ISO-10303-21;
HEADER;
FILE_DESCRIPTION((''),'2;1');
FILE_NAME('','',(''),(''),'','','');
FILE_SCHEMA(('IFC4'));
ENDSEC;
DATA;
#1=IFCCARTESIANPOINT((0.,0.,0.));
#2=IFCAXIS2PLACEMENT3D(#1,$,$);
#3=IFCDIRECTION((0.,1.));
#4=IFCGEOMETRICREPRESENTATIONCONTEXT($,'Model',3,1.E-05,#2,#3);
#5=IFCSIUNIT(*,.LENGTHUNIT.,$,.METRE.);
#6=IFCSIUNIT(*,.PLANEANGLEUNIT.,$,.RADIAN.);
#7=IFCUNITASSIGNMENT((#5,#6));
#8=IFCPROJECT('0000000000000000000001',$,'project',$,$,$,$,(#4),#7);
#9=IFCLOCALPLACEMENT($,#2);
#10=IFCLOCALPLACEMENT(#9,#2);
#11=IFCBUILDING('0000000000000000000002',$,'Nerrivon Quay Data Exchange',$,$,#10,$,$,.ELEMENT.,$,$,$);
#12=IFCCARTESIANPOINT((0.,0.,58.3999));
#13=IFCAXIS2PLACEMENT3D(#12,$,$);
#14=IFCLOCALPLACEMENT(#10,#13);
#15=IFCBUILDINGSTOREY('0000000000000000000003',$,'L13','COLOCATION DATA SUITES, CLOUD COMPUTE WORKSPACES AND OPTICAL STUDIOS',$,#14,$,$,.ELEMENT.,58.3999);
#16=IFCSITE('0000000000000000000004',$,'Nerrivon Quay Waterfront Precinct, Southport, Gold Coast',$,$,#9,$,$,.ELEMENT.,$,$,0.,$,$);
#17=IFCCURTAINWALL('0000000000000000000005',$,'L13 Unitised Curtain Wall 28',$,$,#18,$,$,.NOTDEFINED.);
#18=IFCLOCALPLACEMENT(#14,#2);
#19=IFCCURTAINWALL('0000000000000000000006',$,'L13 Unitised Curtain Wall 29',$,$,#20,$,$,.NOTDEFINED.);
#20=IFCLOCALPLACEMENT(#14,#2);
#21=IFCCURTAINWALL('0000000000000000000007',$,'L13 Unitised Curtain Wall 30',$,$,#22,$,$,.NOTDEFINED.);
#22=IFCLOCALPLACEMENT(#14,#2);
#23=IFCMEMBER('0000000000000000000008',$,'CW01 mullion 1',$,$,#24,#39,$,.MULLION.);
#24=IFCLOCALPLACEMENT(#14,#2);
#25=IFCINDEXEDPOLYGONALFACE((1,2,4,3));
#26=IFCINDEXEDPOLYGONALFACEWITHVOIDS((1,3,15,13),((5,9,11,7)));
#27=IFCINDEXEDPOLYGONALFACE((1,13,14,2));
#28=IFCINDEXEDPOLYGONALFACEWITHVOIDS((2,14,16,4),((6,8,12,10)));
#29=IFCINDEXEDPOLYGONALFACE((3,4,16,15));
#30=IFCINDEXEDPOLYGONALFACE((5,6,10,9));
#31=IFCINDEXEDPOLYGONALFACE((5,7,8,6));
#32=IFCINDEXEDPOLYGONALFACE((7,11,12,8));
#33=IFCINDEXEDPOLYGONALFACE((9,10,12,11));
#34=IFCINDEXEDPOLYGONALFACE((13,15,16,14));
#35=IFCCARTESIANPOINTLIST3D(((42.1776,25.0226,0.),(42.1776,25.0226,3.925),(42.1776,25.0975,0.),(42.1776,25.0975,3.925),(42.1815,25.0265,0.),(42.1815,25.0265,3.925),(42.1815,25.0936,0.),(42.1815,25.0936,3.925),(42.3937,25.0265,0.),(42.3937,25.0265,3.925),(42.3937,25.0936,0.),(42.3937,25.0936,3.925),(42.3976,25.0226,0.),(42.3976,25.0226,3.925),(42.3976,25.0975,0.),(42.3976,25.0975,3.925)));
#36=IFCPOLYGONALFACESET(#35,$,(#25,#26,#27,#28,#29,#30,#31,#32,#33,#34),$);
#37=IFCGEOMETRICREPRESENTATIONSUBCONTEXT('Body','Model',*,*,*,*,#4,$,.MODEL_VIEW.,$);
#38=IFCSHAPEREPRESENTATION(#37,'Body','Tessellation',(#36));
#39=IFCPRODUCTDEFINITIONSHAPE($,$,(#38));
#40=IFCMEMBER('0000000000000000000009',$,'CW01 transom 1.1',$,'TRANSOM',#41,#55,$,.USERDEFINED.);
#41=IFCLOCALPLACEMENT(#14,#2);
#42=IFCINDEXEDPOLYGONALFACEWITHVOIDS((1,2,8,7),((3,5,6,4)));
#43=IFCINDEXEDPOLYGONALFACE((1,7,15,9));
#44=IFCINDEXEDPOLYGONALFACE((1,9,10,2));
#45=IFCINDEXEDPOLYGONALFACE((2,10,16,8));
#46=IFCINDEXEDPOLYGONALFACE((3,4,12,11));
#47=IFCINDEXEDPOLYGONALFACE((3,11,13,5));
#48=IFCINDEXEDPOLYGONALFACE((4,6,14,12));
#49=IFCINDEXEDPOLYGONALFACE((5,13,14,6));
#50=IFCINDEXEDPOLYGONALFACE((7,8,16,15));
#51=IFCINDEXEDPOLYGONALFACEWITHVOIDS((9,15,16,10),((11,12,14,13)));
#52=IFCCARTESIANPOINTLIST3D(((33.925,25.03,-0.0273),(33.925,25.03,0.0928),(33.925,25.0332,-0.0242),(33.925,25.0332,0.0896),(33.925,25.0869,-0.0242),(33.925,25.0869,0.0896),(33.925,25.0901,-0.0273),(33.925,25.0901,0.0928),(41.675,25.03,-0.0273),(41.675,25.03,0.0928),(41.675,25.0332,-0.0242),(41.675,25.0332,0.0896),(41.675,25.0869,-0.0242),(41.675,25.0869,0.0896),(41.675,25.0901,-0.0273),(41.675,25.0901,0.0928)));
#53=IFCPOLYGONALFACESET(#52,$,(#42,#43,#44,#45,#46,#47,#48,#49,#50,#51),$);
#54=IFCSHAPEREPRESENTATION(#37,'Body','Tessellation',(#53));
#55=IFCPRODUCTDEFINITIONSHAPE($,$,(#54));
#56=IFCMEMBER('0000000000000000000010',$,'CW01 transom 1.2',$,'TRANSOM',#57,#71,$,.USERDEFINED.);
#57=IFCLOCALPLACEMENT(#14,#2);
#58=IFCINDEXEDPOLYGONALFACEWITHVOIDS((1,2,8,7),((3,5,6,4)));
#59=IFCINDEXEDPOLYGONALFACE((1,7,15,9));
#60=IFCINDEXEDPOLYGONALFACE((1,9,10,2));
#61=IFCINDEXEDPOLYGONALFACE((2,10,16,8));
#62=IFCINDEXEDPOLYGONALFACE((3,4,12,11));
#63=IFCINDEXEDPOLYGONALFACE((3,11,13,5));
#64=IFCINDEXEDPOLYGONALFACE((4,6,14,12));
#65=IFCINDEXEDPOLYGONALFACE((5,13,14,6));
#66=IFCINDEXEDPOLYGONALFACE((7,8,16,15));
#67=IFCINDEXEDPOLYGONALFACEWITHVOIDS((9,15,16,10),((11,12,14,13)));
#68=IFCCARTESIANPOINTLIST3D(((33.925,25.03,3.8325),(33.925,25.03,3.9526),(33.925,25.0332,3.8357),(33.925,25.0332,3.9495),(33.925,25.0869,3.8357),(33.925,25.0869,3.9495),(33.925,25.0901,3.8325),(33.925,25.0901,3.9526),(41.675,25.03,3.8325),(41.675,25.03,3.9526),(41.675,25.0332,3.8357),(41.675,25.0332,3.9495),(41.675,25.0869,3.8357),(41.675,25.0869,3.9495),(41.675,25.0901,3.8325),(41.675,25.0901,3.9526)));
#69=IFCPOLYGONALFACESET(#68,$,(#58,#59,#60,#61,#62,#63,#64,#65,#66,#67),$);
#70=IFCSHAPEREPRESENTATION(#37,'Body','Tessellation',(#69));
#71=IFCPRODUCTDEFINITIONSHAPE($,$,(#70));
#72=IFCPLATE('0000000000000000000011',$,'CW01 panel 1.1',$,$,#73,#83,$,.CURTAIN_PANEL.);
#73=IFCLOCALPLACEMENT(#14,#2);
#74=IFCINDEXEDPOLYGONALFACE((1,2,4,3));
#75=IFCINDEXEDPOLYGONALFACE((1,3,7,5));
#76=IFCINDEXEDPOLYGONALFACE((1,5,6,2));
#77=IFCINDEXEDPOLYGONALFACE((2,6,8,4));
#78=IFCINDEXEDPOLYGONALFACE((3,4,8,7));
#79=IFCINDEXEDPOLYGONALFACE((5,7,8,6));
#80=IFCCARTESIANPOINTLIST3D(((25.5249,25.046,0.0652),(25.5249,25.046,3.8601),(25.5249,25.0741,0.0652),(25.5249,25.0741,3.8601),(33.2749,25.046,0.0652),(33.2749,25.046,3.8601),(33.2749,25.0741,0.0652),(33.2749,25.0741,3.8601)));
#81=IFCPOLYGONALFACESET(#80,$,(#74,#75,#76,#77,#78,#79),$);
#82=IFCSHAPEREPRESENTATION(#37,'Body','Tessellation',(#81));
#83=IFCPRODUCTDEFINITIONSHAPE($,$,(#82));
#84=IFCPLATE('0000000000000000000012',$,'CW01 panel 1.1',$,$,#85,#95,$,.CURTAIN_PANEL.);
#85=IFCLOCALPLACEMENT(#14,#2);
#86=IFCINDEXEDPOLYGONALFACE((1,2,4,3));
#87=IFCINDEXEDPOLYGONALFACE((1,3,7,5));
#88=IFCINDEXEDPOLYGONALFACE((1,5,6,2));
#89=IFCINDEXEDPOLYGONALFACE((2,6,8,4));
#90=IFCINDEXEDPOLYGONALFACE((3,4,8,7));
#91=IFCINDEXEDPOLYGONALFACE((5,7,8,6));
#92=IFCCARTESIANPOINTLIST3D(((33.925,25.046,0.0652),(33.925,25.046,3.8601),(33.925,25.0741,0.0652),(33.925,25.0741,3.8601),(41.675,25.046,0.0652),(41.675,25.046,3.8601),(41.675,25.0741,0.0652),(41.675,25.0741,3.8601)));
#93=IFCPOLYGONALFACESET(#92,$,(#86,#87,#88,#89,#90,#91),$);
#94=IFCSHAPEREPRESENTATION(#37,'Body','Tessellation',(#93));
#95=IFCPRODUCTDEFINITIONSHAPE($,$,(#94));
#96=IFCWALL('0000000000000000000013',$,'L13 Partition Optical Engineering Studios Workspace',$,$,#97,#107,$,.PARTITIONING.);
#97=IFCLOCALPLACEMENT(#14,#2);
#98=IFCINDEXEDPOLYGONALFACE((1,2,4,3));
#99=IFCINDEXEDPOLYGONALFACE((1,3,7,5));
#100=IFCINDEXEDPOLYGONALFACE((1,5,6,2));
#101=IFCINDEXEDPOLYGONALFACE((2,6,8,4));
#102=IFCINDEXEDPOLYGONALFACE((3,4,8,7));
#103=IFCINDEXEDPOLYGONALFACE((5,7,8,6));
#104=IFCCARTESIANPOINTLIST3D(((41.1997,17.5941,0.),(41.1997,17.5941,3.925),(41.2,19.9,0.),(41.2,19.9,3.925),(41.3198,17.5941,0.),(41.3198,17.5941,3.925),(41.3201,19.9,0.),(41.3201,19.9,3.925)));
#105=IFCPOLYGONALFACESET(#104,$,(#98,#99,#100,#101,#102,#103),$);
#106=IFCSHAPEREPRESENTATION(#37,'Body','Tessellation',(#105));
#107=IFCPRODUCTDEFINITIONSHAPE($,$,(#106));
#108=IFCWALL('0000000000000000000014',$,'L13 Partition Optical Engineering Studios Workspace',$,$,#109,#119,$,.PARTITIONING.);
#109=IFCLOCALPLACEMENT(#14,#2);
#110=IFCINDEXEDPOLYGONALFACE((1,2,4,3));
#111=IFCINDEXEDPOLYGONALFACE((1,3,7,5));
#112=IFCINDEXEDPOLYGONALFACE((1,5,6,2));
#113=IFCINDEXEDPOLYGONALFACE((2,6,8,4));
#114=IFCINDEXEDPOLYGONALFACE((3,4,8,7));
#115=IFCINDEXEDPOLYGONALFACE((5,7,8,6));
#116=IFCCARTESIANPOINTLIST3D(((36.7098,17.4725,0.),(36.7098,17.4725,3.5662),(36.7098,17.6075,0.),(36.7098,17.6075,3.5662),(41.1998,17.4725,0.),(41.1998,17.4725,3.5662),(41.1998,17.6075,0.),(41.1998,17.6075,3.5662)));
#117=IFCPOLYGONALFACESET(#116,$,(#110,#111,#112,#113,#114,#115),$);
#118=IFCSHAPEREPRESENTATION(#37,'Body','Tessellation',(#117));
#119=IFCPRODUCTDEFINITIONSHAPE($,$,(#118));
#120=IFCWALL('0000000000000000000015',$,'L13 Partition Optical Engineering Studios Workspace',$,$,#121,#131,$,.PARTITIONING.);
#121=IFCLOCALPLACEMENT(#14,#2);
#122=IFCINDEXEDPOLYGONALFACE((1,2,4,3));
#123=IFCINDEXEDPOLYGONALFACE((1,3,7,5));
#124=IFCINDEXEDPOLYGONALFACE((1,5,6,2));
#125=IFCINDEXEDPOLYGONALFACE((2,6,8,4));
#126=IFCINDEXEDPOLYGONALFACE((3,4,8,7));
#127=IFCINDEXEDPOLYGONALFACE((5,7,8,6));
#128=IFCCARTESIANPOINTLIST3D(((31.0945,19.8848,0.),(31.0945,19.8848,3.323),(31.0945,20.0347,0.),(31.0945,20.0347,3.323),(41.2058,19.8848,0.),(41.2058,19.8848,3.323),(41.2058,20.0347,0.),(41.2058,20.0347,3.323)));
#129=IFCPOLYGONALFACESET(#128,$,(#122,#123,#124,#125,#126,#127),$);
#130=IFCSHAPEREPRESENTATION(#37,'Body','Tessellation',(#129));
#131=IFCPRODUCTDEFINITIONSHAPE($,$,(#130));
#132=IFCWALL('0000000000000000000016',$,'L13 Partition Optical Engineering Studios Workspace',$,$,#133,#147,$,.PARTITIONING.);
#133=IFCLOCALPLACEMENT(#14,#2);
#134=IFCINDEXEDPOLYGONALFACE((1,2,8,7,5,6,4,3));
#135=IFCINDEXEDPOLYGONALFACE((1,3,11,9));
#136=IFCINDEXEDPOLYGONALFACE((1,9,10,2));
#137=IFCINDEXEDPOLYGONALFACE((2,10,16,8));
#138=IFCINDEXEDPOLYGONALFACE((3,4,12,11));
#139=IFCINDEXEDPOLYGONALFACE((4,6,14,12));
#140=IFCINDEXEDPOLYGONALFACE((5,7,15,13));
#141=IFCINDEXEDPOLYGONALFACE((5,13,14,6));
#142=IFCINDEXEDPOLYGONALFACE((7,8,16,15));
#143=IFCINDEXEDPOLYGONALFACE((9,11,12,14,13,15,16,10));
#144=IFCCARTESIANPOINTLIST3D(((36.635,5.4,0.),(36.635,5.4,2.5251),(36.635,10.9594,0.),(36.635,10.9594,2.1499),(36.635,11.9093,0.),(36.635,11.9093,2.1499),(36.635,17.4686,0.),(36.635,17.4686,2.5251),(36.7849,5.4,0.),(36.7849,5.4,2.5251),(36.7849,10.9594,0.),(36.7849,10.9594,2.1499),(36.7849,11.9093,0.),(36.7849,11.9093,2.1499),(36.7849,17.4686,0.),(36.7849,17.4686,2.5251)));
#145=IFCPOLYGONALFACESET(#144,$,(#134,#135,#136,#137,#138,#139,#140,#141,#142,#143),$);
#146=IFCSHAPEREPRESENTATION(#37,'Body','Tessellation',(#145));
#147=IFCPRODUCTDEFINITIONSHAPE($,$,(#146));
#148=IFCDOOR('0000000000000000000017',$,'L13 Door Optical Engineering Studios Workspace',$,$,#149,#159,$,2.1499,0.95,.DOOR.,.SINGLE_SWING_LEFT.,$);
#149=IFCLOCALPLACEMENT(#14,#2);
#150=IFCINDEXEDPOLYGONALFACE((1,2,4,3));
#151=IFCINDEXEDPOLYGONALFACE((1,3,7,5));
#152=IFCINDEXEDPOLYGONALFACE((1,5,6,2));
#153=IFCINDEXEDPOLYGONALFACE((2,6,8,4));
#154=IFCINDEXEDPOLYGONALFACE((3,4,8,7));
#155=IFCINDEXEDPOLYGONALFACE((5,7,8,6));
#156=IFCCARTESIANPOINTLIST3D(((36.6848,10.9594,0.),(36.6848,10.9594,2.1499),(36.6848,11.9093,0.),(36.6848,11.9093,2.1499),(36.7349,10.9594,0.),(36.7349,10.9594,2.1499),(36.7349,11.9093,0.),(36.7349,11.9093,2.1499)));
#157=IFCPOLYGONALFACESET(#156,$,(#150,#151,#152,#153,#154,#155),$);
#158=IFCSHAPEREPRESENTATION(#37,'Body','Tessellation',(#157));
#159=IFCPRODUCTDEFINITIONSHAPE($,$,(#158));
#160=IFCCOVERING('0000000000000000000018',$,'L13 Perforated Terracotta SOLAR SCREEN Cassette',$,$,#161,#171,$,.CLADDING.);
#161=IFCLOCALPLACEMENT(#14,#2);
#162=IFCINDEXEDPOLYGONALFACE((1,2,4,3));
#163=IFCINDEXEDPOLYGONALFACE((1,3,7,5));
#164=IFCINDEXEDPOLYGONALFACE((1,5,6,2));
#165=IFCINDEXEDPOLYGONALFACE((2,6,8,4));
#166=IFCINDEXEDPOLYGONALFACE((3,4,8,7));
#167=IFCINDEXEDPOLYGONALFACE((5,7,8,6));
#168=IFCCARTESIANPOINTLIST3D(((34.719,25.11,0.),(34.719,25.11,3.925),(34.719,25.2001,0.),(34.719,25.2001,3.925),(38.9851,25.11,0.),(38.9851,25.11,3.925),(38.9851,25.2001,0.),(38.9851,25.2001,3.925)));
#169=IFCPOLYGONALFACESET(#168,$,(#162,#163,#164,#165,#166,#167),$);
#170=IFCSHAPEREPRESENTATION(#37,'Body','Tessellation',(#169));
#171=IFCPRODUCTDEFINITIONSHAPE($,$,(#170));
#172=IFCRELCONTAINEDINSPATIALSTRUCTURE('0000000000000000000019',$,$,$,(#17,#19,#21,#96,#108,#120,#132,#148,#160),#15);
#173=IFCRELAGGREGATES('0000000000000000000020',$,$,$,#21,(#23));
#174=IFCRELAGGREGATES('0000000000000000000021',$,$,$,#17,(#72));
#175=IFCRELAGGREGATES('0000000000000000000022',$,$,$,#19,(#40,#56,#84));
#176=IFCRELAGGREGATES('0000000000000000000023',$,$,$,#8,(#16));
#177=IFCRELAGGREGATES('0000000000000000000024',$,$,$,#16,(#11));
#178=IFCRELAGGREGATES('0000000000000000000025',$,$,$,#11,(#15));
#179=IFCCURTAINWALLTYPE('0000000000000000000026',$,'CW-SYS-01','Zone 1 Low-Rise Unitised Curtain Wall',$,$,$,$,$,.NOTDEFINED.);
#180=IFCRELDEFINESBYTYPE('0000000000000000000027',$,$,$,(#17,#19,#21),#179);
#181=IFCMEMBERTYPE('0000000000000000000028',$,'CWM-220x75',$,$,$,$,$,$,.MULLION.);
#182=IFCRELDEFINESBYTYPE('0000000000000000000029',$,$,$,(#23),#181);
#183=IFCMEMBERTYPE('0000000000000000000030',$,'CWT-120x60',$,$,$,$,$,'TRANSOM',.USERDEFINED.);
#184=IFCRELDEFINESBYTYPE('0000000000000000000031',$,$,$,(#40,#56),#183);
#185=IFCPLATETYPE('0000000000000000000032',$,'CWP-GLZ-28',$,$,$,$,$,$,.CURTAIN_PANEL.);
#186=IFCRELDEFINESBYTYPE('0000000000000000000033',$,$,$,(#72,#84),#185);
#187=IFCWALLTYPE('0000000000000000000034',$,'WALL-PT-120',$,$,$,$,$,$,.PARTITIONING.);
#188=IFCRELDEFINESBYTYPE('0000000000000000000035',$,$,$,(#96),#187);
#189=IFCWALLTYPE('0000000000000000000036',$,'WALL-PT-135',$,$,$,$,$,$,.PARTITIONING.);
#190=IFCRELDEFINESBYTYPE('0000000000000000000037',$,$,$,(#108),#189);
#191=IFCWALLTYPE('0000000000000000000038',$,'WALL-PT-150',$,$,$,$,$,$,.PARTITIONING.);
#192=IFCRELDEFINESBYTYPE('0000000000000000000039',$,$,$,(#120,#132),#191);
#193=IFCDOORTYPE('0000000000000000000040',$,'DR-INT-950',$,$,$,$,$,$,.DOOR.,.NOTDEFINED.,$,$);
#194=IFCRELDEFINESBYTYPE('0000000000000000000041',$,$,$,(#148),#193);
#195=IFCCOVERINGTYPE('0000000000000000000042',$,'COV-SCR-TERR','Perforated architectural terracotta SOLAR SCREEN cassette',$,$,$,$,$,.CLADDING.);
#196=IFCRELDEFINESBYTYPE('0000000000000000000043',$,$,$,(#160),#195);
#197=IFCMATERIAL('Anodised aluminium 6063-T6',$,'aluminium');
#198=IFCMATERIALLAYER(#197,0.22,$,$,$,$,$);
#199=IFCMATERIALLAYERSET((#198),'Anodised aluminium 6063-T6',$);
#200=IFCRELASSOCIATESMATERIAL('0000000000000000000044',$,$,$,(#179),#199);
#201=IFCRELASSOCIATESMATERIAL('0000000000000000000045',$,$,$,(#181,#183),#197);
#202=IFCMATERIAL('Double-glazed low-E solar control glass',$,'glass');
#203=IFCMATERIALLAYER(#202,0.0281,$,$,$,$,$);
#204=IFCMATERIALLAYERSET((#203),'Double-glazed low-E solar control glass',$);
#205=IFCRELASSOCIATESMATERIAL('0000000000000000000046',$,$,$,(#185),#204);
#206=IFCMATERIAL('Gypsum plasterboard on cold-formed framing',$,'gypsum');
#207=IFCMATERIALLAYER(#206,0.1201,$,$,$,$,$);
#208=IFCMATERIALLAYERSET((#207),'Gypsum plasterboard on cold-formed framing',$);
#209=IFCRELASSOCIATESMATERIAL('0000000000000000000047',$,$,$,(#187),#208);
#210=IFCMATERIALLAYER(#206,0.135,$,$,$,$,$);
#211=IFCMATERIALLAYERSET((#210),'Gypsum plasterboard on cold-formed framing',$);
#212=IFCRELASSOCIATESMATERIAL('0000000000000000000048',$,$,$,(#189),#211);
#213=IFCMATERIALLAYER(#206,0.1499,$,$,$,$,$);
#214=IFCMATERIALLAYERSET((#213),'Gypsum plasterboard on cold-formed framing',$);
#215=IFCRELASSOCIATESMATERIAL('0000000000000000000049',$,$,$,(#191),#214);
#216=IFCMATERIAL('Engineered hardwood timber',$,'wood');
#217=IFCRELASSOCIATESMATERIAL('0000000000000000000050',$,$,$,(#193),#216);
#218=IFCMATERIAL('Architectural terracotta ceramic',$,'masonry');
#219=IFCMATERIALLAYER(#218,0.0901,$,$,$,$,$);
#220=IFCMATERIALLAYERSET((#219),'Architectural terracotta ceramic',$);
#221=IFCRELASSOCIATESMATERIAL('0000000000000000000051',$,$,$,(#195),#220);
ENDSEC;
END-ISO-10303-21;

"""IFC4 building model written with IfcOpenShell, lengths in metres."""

from ifc_helpers import new_model, si_unit, direction, frame, frame_2d, origin, origin_2d, place, context, subcontext, project, spatial, rectangle, hollow_rectangle, extrude, material, layer, layer_set, material_profile, profile_set, type_object, element, fill, aggregate, save


model = new_model("IFC4")

# Units and contexts
model_context = context("Model", 3, precision=1e-05, world=origin(), true_north=direction((0.0, 1.0)))
body_context = subcontext(model_context, "Body", "Model", "MODEL_VIEW")
ifc_project = project(units=[si_unit("LENGTHUNIT", "METRE"), si_unit("PLANEANGLEUNIT", "RADIAN")], contexts=[model_context])

# Site, building, storey
site_placement = place(None, origin())
site = spatial("IfcSite", under=ifc_project, at=site_placement, Name="Nerrivon Quay Waterfront Precinct, Southport, Gold Coast", CompositionType="ELEMENT", RefElevation=0.0)
building_placement = place(site_placement, origin())
building = spatial("IfcBuilding", under=site, at=building_placement, Name="Nerrivon Quay Data Exchange", CompositionType="ELEMENT")
storey_placement = place(building_placement, frame((0.0, 0.0, 58.3999)))
storey = spatial("IfcBuildingStorey", under=building, at=storey_placement, Name="L13", Description="COLOCATION DATA SUITES, CLOUD COMPUTE WORKSPACES AND OPTICAL STUDIOS", CompositionType="ELEMENT", Elevation=58.3999)

# Curtain wall
ifc_material_1 = material(Name="Anodised aluminium 6063-T6", Category="aluminium")
ifc_layer_1 = layer(ifc_material_1, 0.22)
ifc_layer_set_1 = layer_set([ifc_layer_1], Name="Anodised aluminium 6063-T6")
curtain_wall_type = type_object("IfcCurtainWallType", Name="CW-SYS-01", Description="Zone 1 Low-Rise Unitised Curtain Wall", PredefinedType="NOTDEFINED", material=ifc_layer_set_1)
curtain_wall_1_placement = place(storey_placement, origin())
curtain_wall_1 = element("IfcCurtainWall", 1, at=curtain_wall_1_placement, inside=storey, type_object=curtain_wall_type, Name="L13 Unitised Curtain Wall 28", PredefinedType="NOTDEFINED")
ifc_material_profile_1 = material_profile(ifc_material_1, hollow_rectangle(XDim=0.075, YDim=0.22, WallThickness=0.0039, at=origin_2d()), Name="ALU-MULL-220x75")
ifc_profile_set_1 = profile_set([ifc_material_profile_1], Name="Anodised aluminium 6063-T6")
member_type_1 = type_object("IfcMemberType", Name="CWM-220x75", PredefinedType="MULLION", material=ifc_profile_set_1)

# Curtain wall
curtain_wall_2_placement = place(storey_placement, origin())
curtain_wall_2 = element("IfcCurtainWall", 2, at=curtain_wall_2_placement, inside=storey, type_object=curtain_wall_type, Name="L13 Unitised Curtain Wall 29", PredefinedType="NOTDEFINED")

# Curtain wall, member
curtain_wall_3_placement = place(storey_placement, origin())
curtain_wall_3 = element("IfcCurtainWall", 3, at=curtain_wall_3_placement, inside=storey, type_object=curtain_wall_type, Name="L13 Unitised Curtain Wall 30", PredefinedType="NOTDEFINED")
member_1_placement = place(storey_placement, frame((42.2876, 25.0601, 0.0), z_axis=(0.0, 0.0, 1.0), x_axis=(0.0, 1.0, 0.0)))
member_1 = element("IfcMember", 4, at=member_1_placement, type_object=member_type_1, Name="CW01 mullion 1", PredefinedType="MULLION", context=body_context, shape_type="SweptSolid", body=[
    extrude(hollow_rectangle(XDim=0.075, YDim=0.22, WallThickness=0.0039, at=origin_2d()), origin(), (0.0, 0.0, 1.0), 3.925),
])
aggregate(curtain_wall_3, [member_1])

# Members
ifc_material_profile_2 = material_profile(ifc_material_1, hollow_rectangle(XDim=0.0601, YDim=0.1201, WallThickness=0.0032, at=origin_2d()), Name="ALU-TRAN-120x60")
ifc_profile_set_2 = profile_set([ifc_material_profile_2], Name="Anodised aluminium 6063-T6")
member_type_2 = type_object("IfcMemberType", Name="CWT-120x60", ElementType="TRANSOM", PredefinedType="USERDEFINED", material=ifc_profile_set_2)
member_2_placement = place(storey_placement, frame((33.925, 25.0601, 0.0327), z_axis=(1.0, 0.0, 0.0), x_axis=(0.0, 1.0, 0.0)))
member_2 = element("IfcMember", 5, at=member_2_placement, type_object=member_type_2, Name="CW01 transom 1.1", ObjectType="TRANSOM", PredefinedType="USERDEFINED", context=body_context, shape_type="SweptSolid", body=[
    extrude(hollow_rectangle(XDim=0.0601, YDim=0.1201, WallThickness=0.0032, at=origin_2d()), origin(), (0.0, 0.0, 1.0), 7.75),
])
member_3_placement = place(storey_placement, frame((33.925, 25.0601, 3.8926), z_axis=(1.0, 0.0, 0.0), x_axis=(0.0, 1.0, 0.0)))
member_3 = element("IfcMember", 6, at=member_3_placement, type_object=member_type_2, Name="CW01 transom 1.2", ObjectType="TRANSOM", PredefinedType="USERDEFINED", context=body_context, shape_type="SweptSolid", body=[
    extrude(hollow_rectangle(XDim=0.0601, YDim=0.1201, WallThickness=0.0032, at=origin_2d()), origin(), (0.0, 0.0, 1.0), 7.75),
])

# Plates
ifc_material_2 = material(Name="Double-glazed low-E solar control glass", Category="glass")
ifc_layer_2 = layer(ifc_material_2, 0.0281)
ifc_layer_set_2 = layer_set([ifc_layer_2], Name="Double-glazed low-E solar control glass")
plate_type = type_object("IfcPlateType", Name="CWP-GLZ-28", PredefinedType="CURTAIN_PANEL", material=ifc_layer_set_2)
plate_1_placement = place(storey_placement, frame((29.3999, 25.0601, 0.0652), z_axis=(0.0, 0.0, 1.0), x_axis=(1.0, 0.0, 0.0)))
plate_1 = element("IfcPlate", 7, at=plate_1_placement, type_object=plate_type, Name="CW01 panel 1.1", PredefinedType="CURTAIN_PANEL", context=body_context, shape_type="SweptSolid", body=[
    extrude(rectangle(XDim=7.75, YDim=0.0281, at=origin_2d()), origin(), (0.0, 0.0, 1.0), 3.7949),
])
aggregate(curtain_wall_1, [plate_1])
plate_2_placement = place(storey_placement, frame((37.8, 25.0601, 0.0652), z_axis=(0.0, 0.0, 1.0), x_axis=(1.0, 0.0, 0.0)))
plate_2 = element("IfcPlate", 8, at=plate_2_placement, type_object=plate_type, Name="CW01 panel 1.1", PredefinedType="CURTAIN_PANEL", context=body_context, shape_type="SweptSolid", body=[
    extrude(rectangle(XDim=7.75, YDim=0.0281, at=origin_2d()), origin(), (0.0, 0.0, 1.0), 3.7949),
])
aggregate(curtain_wall_2, [member_2, member_3, plate_2])

# Walls
ifc_material_3 = material(Name="Gypsum plasterboard on cold-formed framing", Category="gypsum")
ifc_layer_3 = layer(ifc_material_3, 0.1201)
ifc_layer_set_3 = layer_set([ifc_layer_3], Name="Gypsum plasterboard on cold-formed framing")
wall_type_1 = type_object("IfcWallType", Name="WALL-PT-120", PredefinedType="PARTITIONING", material=ifc_layer_set_3)
wall_1_placement = place(storey_placement, frame((41.26, 19.8999, 0.0), z_axis=(0.0, 0.0, 1.0), x_axis=(-0.000106, -1.0, 0.0)))
element("IfcWall", 9, at=wall_1_placement, inside=storey, type_object=wall_type_1, Name="L13 Partition Optical Engineering Studios Workspace", PredefinedType="PARTITIONING", context=body_context, shape_type="SweptSolid", body=[
    extrude(rectangle(XDim=2.3059, YDim=0.1201, at=frame_2d((1.1528, 0.0))), origin(), (0.0, 0.0, 1.0), 3.925),
])
ifc_layer_4 = layer(ifc_material_3, 0.135)
ifc_layer_set_4 = layer_set([ifc_layer_4], Name="Gypsum plasterboard on cold-formed framing")
wall_type_2 = type_object("IfcWallType", Name="WALL-PT-135", PredefinedType="PARTITIONING", material=ifc_layer_set_4)
wall_2_placement = place(storey_placement, frame((41.2, 17.54, 0.0), z_axis=(0.0, 0.0, 1.0), x_axis=(-1.0, 0.0, 0.0)))
element("IfcWall", 10, at=wall_2_placement, inside=storey, type_object=wall_type_2, Name="L13 Partition Optical Engineering Studios Workspace", PredefinedType="PARTITIONING", context=body_context, shape_type="SweptSolid", body=[
    extrude(rectangle(XDim=4.49, YDim=0.135, at=frame_2d((2.2451, 0.0))), origin(), (0.0, 0.0, 1.0), 3.5662),
])
ifc_layer_5 = layer(ifc_material_3, 0.1499)
ifc_layer_set_5 = layer_set([ifc_layer_5], Name="Gypsum plasterboard on cold-formed framing")
wall_type_3 = type_object("IfcWallType", Name="WALL-PT-150", PredefinedType="PARTITIONING", material=ifc_layer_set_5)
wall_3_placement = place(storey_placement, frame((31.0945, 19.9597, 0.0), z_axis=(0.0, 0.0, 1.0), x_axis=(1.0, 0.0, 0.0)))
element("IfcWall", 11, at=wall_3_placement, inside=storey, type_object=wall_type_3, Name="L13 Partition Optical Engineering Studios Workspace", PredefinedType="PARTITIONING", context=body_context, shape_type="SweptSolid", body=[
    extrude(rectangle(XDim=10.1113, YDim=0.1499, at=frame_2d((5.0557, 0.0))), origin(), (0.0, 0.0, 1.0), 3.323),
])

# Wall, opening, door
wall_4_placement = place(storey_placement, frame((36.71, 17.4685, 0.0), z_axis=(0.0, 0.0, 1.0), x_axis=(0.0, -1.0, 0.0)))
wall_4 = element("IfcWall", 12, at=wall_4_placement, inside=storey, type_object=wall_type_3, Name="L13 Partition Optical Engineering Studios Workspace", PredefinedType="PARTITIONING", context=body_context, shape_type="SweptSolid", body=[
    extrude(rectangle(XDim=12.0686, YDim=0.1499, at=frame_2d((6.0342, 0.0))), origin(), (0.0, 0.0, 1.0), 2.5251),
])
opening_placement = place(wall_4_placement, frame((5.5591, 0.0, 0.0)))
opening = element("IfcOpeningElement", 13, at=opening_placement, cuts=wall_4, PredefinedType="OPENING", context=body_context, shape_type="SweptSolid", body=[
    extrude(rectangle(XDim=0.95, YDim=2.1499, at=frame_2d((0.4751, 1.075))), frame((0.0, 0.085, 0.0), z_axis=(0.0, -1.0, 0.0), x_axis=(1.0, 0.0, 0.0)), (0.0, 0.0, 1.0), 0.1699),
])
ifc_material_4 = material(Name="Engineered hardwood timber", Category="wood")
door_type = type_object("IfcDoorType", Name="DR-INT-950", OperationType="NOTDEFINED", PredefinedType="DOOR", material=ifc_material_4)
door_placement = place(opening_placement, origin())
door = element("IfcDoor", 14, at=door_placement, inside=storey, type_object=door_type, Name="L13 Door Optical Engineering Studios Workspace", OperationType="SINGLE_SWING_LEFT", OverallHeight=2.1499, OverallWidth=0.95, PredefinedType="DOOR", context=body_context, shape_type="SweptSolid", body=[
    extrude(rectangle(XDim=0.95, YDim=2.1499, at=frame_2d((0.4751, 1.075))), frame((0.0, 0.0249, 0.0), z_axis=(0.0, -1.0, 0.0), x_axis=(1.0, 0.0, 0.0)), (0.0, 0.0, 1.0), 0.05),
])
fill(opening, door)

# Covering
ifc_material_5 = material(Name="Architectural terracotta ceramic", Category="masonry")
ifc_layer_6 = layer(ifc_material_5, 0.0901)
ifc_layer_set_6 = layer_set([ifc_layer_6], Name="Architectural terracotta ceramic")
covering_type = type_object("IfcCoveringType", Name="COV-SCR-TERR", Description="Perforated architectural terracotta SOLAR SCREEN cassette", PredefinedType="CLADDING", material=ifc_layer_set_6)
covering_placement = place(storey_placement, frame((36.8521, 25.155, 0.0), z_axis=(0.0, 0.0, 1.0), x_axis=(1.0, 0.0, 0.0)))
element("IfcCovering", 15, at=covering_placement, inside=storey, type_object=covering_type, Name="L13 Perforated Terracotta SOLAR SCREEN Cassette", PredefinedType="CLADDING", context=body_context, shape_type="SweptSolid", body=[
    extrude(rectangle(XDim=4.2661, YDim=0.0901, at=origin_2d()), origin(), (0.0, 0.0, 1.0), 3.925),
])

save(model, "model.ifc")
